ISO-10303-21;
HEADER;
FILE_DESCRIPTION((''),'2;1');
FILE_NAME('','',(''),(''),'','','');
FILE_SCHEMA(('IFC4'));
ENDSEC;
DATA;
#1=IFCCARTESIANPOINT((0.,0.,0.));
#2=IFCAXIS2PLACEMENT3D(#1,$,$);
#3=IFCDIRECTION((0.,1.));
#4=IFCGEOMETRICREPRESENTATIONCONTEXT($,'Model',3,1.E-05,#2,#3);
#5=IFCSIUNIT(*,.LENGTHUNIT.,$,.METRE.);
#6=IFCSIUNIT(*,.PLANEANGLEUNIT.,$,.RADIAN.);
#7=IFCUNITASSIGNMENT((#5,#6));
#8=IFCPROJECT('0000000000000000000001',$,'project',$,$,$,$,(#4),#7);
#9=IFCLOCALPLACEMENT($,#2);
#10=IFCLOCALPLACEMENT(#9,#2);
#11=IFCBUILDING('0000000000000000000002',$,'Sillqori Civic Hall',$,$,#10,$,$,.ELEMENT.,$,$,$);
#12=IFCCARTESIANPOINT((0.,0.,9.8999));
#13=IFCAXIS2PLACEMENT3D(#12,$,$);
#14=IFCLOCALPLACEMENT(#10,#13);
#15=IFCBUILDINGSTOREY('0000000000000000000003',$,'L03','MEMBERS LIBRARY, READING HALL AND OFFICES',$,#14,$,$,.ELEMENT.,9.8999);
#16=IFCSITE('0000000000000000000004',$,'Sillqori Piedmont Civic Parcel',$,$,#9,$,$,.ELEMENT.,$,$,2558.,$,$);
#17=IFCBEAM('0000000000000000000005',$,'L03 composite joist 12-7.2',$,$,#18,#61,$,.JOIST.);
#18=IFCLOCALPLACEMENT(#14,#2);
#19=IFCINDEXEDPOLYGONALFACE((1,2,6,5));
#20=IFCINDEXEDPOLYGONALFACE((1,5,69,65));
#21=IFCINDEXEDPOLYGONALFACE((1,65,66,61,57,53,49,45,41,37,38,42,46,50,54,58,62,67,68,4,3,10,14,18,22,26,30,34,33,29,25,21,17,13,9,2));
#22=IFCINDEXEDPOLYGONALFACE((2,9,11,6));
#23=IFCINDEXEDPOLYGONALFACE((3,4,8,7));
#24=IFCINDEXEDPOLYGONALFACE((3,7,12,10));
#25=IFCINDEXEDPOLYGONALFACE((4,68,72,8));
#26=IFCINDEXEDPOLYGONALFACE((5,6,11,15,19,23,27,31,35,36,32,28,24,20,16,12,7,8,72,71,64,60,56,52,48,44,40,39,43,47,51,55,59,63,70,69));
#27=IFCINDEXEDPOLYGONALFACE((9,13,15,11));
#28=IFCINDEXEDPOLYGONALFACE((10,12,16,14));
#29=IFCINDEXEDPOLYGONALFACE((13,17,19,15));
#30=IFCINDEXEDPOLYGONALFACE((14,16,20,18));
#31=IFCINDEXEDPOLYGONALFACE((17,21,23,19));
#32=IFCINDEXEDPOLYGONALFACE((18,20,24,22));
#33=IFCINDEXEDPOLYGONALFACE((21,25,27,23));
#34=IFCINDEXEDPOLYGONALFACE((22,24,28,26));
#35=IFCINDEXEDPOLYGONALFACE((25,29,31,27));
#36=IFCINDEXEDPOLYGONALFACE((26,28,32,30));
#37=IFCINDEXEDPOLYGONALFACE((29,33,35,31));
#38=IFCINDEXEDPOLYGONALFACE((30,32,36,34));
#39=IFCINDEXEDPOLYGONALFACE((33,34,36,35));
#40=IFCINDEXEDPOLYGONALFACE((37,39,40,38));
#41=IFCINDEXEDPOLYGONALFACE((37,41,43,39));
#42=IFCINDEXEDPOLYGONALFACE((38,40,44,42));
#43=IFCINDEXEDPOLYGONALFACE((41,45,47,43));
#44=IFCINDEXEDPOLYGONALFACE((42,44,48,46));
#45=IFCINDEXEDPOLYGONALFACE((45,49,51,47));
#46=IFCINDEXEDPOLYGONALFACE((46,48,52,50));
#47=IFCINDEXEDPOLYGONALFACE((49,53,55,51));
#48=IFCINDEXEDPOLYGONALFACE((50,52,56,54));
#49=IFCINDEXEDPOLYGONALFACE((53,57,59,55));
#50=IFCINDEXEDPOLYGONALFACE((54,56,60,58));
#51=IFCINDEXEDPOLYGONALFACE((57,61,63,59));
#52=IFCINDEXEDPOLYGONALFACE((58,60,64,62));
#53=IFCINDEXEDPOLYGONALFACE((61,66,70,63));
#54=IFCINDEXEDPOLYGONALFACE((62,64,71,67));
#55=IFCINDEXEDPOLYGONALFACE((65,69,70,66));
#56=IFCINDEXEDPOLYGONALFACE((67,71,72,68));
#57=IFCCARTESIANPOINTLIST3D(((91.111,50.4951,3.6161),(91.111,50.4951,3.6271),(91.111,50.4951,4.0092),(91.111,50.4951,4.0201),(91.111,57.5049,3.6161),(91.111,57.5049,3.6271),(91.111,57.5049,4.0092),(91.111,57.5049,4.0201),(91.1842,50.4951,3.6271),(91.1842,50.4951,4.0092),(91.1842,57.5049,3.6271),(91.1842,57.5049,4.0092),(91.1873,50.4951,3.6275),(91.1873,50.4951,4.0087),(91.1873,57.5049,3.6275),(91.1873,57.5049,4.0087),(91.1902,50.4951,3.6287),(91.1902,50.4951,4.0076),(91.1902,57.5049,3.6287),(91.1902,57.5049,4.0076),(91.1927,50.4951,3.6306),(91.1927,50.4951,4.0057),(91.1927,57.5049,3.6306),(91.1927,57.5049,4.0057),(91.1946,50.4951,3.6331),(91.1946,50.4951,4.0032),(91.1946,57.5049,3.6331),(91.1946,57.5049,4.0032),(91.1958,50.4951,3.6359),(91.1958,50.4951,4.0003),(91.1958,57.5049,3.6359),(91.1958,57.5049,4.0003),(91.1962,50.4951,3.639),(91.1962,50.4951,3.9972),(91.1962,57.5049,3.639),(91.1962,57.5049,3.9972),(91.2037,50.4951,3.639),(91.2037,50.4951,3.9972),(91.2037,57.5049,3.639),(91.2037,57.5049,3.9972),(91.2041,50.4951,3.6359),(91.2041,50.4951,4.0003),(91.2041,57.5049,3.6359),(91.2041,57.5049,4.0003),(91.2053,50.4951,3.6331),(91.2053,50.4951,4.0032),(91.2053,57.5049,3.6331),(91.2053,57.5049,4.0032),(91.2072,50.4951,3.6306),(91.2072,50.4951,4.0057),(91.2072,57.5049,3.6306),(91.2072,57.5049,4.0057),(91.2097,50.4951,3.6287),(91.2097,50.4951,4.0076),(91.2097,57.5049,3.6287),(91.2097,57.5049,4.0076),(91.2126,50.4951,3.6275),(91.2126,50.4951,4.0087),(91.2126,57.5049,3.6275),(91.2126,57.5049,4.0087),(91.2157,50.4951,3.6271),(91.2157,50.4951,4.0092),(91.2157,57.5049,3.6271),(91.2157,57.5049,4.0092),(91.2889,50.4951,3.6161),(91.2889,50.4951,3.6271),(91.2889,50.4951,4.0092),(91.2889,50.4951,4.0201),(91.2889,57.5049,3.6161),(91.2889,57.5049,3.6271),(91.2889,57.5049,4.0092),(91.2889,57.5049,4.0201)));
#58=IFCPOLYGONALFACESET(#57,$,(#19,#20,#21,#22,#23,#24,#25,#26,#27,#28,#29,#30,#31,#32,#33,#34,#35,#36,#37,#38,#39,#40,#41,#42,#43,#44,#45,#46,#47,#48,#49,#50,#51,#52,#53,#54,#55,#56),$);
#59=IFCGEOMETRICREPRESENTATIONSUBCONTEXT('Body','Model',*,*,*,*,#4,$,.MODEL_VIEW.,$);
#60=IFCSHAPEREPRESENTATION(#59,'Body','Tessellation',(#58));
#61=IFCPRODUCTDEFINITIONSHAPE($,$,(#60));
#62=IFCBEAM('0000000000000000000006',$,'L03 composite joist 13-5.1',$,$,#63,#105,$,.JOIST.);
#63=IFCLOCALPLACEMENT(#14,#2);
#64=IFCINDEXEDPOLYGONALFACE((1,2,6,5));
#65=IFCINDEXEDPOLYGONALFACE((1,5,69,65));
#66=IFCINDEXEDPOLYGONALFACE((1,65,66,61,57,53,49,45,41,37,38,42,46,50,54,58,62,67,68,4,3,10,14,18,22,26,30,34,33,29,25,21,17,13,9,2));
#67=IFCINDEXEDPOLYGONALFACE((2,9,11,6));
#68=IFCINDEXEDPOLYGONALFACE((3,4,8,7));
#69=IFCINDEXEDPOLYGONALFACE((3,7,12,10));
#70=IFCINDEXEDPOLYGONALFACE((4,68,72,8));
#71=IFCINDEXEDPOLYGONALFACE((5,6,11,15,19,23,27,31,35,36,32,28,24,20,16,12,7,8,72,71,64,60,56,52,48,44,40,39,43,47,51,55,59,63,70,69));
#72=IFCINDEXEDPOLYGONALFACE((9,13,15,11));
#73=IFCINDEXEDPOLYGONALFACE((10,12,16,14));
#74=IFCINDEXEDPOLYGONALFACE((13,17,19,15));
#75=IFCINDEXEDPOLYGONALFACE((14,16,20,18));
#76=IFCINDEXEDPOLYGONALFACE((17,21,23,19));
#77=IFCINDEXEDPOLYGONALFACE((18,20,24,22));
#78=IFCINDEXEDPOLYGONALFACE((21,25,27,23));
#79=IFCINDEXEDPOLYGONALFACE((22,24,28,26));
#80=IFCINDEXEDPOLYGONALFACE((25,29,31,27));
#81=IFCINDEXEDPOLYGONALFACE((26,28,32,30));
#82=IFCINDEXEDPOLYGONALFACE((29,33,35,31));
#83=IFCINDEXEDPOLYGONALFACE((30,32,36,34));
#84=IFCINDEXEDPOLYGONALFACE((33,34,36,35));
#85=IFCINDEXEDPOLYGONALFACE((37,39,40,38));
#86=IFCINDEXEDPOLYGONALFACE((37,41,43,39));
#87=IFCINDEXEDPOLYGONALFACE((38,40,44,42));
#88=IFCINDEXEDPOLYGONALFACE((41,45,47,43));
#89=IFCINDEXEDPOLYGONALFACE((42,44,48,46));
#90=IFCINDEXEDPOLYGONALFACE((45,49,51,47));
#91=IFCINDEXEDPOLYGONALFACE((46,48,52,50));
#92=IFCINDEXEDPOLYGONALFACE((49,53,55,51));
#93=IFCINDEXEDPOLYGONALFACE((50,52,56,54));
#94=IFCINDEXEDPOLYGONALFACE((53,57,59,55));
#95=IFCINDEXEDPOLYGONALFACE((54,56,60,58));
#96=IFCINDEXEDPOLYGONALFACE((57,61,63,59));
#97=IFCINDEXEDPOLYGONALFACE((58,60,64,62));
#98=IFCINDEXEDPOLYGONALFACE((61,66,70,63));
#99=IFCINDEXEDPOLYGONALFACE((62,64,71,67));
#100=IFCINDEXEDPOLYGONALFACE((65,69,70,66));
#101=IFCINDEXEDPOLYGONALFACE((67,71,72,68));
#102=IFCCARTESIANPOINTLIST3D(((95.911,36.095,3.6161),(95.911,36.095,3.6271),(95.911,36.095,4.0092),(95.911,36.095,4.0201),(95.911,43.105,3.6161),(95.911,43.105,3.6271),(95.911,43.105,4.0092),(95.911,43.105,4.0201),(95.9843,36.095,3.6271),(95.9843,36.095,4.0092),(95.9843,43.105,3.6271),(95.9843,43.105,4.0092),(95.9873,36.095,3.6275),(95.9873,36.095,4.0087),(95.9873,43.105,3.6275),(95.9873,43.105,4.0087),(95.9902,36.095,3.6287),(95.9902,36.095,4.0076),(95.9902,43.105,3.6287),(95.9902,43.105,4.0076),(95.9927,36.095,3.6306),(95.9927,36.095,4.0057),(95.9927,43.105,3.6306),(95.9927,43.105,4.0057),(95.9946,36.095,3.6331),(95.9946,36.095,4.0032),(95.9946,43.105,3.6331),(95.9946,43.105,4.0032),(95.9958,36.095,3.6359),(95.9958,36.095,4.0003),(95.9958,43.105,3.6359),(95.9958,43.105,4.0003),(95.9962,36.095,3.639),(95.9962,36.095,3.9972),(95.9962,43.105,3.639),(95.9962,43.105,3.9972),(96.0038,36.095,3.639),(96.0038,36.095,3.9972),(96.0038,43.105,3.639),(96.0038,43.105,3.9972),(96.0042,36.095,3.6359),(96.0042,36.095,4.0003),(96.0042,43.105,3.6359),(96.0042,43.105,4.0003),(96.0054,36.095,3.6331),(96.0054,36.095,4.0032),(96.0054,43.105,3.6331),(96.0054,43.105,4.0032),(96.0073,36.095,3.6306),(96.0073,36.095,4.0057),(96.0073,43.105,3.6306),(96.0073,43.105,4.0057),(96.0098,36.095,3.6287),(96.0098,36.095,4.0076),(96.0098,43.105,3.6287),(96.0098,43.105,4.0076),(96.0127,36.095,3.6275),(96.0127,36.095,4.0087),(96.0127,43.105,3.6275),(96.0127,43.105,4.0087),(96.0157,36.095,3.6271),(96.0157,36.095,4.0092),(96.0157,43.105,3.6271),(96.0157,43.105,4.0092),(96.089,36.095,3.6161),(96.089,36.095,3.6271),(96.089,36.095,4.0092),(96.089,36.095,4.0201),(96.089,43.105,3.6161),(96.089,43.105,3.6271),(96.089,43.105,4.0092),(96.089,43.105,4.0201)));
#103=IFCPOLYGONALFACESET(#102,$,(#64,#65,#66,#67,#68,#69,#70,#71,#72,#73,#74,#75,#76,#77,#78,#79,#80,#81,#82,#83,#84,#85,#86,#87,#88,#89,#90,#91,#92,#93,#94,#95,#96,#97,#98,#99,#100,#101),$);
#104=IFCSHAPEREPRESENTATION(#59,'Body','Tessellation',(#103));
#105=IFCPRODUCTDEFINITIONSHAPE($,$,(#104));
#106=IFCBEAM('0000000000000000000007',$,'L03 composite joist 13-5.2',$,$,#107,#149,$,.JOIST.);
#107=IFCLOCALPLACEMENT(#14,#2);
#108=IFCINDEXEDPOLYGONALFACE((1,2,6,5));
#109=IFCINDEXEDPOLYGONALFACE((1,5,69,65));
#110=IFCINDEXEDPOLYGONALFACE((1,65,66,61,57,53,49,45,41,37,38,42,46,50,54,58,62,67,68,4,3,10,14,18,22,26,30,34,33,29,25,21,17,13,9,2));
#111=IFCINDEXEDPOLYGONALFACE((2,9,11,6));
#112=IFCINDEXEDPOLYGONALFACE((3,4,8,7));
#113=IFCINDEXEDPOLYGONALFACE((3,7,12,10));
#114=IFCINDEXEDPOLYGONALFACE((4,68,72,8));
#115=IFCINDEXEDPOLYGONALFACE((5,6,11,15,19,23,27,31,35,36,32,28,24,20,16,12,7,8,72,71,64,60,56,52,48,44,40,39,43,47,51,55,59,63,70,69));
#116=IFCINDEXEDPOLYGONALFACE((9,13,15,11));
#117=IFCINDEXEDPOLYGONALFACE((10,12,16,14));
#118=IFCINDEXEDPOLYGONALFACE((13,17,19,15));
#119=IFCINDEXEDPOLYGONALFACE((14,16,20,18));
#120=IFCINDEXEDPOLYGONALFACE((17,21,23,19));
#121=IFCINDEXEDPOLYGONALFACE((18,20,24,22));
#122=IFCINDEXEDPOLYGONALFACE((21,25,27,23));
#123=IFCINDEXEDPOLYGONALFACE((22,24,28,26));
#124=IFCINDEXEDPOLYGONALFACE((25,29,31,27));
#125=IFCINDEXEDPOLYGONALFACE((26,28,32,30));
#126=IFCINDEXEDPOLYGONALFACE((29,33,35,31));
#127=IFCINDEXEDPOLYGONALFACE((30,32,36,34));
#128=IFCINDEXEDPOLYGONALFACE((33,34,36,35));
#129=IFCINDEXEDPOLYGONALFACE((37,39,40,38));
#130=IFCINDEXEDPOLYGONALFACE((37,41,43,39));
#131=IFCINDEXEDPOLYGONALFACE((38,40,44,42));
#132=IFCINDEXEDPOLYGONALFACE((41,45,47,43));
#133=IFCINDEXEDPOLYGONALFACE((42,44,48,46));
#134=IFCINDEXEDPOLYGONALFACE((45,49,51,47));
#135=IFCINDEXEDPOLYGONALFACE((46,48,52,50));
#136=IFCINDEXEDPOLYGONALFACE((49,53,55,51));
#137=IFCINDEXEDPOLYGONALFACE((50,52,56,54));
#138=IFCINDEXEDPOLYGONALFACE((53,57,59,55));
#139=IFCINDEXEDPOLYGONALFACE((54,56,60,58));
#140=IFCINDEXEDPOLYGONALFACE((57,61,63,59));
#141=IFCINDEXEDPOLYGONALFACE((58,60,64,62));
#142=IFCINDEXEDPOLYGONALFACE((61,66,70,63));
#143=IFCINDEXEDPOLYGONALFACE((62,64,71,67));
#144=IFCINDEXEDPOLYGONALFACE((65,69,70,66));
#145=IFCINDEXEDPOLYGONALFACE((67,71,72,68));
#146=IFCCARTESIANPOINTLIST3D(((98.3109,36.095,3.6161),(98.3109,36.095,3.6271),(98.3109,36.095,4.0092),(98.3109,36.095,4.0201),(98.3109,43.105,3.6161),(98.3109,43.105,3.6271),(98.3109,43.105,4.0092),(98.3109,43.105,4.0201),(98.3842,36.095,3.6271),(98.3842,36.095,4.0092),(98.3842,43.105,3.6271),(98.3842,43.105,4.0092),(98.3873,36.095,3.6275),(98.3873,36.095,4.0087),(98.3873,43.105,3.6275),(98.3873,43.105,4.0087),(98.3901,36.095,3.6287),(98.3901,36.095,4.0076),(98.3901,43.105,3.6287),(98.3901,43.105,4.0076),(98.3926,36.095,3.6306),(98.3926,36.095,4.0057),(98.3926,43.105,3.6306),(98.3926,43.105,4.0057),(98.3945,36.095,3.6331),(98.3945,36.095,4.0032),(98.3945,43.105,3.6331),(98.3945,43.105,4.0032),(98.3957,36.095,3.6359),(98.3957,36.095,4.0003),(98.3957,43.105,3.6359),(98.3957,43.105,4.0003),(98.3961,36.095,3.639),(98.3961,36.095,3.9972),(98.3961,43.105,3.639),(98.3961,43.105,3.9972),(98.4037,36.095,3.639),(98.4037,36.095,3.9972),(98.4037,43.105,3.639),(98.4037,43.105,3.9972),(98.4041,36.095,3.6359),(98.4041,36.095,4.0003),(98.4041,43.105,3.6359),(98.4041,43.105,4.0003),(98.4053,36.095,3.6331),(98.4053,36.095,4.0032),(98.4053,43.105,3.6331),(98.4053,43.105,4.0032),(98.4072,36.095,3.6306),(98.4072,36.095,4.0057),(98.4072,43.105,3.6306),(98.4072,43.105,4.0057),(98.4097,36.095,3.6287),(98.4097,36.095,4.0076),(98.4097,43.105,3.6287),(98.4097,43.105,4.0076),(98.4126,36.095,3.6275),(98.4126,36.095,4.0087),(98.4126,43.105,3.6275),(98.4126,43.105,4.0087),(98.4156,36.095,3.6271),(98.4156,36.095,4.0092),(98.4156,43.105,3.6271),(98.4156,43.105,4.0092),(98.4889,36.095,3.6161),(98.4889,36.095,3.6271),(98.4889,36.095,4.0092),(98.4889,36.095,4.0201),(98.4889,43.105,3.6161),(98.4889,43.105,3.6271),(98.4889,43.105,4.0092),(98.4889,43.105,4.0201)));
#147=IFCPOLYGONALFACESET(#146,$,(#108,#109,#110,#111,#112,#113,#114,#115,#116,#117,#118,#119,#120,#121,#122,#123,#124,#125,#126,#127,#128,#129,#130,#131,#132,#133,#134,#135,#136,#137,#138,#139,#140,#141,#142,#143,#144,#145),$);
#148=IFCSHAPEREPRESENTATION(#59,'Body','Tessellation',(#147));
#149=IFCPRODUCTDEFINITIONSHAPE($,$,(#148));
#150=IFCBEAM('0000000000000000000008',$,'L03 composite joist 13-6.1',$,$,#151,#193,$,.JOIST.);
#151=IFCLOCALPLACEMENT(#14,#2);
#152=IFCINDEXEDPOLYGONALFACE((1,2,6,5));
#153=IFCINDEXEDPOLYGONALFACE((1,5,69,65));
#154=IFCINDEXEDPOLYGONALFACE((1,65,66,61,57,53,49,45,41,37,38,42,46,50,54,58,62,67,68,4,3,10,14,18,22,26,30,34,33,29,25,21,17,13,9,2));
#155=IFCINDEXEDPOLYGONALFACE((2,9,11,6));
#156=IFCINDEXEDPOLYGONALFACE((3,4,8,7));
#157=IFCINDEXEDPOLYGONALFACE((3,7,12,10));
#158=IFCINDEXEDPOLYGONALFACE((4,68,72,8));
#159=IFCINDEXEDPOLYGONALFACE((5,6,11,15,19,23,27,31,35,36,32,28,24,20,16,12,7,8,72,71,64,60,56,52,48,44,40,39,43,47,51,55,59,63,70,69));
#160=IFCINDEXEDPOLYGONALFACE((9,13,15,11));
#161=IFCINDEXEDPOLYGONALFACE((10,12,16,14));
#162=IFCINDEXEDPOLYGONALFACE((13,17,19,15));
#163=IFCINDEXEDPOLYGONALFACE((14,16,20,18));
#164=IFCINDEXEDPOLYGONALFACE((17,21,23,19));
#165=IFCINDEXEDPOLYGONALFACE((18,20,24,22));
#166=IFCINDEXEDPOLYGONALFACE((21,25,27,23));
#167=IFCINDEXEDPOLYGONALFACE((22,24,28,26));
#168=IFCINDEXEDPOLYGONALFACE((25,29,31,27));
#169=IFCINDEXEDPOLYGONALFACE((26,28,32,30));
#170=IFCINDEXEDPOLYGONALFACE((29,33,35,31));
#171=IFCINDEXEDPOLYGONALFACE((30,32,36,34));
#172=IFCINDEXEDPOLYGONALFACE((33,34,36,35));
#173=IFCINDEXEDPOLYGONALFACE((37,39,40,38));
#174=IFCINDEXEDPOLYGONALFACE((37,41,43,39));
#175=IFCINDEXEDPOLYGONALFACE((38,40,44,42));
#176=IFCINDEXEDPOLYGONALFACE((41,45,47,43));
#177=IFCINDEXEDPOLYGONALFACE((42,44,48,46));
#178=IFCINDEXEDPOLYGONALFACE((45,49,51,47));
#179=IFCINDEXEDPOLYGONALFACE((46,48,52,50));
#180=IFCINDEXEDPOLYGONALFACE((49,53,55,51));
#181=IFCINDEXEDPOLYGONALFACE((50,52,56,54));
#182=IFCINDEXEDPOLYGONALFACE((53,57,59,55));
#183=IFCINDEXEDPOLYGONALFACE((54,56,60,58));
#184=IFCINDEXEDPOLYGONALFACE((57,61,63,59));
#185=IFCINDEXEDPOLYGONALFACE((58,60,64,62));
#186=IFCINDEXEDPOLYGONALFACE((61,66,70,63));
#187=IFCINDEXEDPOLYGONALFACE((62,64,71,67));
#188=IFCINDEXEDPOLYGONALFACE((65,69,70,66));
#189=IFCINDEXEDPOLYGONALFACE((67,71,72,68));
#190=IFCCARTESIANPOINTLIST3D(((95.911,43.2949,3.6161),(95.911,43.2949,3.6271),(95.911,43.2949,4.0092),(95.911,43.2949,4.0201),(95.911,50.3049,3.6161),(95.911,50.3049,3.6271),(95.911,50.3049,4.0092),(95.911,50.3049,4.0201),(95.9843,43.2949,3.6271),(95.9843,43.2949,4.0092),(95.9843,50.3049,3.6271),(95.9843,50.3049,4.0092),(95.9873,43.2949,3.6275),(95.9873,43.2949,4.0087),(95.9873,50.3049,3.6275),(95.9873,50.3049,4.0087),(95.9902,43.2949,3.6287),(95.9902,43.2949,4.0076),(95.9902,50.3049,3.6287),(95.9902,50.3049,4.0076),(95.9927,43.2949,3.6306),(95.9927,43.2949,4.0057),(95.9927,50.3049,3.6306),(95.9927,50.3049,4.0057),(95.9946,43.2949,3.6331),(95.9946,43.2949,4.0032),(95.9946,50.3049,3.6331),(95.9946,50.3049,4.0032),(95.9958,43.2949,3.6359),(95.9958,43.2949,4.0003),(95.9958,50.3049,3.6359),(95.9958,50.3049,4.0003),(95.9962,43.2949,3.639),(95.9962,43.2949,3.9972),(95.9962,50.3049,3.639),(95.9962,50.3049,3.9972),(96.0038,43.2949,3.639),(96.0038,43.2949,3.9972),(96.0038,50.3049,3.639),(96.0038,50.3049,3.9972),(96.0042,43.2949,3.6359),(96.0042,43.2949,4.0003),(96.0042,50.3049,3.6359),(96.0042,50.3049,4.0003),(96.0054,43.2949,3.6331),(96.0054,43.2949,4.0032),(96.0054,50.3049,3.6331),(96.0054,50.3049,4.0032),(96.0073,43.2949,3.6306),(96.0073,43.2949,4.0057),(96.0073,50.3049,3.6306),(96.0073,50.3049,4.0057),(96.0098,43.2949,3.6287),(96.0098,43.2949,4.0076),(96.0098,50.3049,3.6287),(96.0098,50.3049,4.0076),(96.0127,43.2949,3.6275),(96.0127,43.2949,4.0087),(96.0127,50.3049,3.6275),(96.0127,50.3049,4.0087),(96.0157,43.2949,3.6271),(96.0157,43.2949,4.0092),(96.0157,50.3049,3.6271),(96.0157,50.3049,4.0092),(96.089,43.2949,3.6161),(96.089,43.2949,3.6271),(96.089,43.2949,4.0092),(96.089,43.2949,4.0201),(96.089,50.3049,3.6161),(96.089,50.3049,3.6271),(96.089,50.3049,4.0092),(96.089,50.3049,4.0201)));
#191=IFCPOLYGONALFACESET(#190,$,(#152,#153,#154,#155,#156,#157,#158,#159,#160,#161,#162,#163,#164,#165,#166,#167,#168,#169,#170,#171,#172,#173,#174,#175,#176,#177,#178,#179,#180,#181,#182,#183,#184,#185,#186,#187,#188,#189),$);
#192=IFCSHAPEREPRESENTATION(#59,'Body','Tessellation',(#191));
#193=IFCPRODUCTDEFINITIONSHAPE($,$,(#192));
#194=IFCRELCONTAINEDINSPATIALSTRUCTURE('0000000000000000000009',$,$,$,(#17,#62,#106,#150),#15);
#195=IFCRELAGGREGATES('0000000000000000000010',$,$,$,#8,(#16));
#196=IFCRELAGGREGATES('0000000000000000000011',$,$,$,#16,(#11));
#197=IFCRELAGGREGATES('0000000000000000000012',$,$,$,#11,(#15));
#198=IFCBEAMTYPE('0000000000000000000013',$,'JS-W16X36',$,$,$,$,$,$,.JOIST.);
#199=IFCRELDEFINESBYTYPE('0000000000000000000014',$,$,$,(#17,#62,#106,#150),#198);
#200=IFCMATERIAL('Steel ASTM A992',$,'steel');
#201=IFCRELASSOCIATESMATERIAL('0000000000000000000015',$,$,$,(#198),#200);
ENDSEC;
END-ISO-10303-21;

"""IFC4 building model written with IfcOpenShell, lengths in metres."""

from ifc_helpers import new_model, si_unit, direction, frame, origin, origin_2d, place, context, subcontext, project, spatial, i_section, extrude, material, material_profile, profile_set, type_object, element, save


model = new_model("IFC4")

# Units and contexts
model_context = context("Model", 3, precision=1e-05, world=origin(), true_north=direction((0.0, 1.0)))
body_context = subcontext(model_context, "Body", "Model", "MODEL_VIEW")
ifc_project = project(units=[si_unit("LENGTHUNIT", "METRE"), si_unit("PLANEANGLEUNIT", "RADIAN")], contexts=[model_context])

# Site, building, storey
site_placement = place(None, origin())
site = spatial("IfcSite", under=ifc_project, at=site_placement, Name="Sillqori Piedmont Civic Parcel", CompositionType="ELEMENT", RefElevation=2558.0)
building_placement = place(site_placement, origin())
building = spatial("IfcBuilding", under=site, at=building_placement, Name="Sillqori Civic Hall", CompositionType="ELEMENT")
storey_placement = place(building_placement, frame((0.0, 0.0, 9.8999)))
storey = spatial("IfcBuildingStorey", under=building, at=storey_placement, Name="L03", Description="MEMBERS LIBRARY, READING HALL AND OFFICES", CompositionType="ELEMENT", Elevation=9.8999)

# Shared definitions
ifc_material_1 = material(Name="Steel ASTM A992", Category="steel")

# Beams
ifc_material_profile_1 = material_profile(ifc_material_1, i_section(OverallWidth=0.178, OverallDepth=0.4041, WebThickness=0.0076, FlangeThickness=0.011, FilletRadius=0.012, at=origin_2d()), Name="W16X36")
ifc_profile_set_1 = profile_set([ifc_material_profile_1], Name="Steel ASTM A992")
beam_type_1 = type_object("IfcBeamType", Name="JS-W16X36", PredefinedType="JOIST", material=ifc_profile_set_1)
for number, where, z_axis, x_axis, name in (
    (1, (91.2, 50.4951, 3.8181), (0.0, 1.0, 0.0), (-1.0, 0.0, 0.0), "L03 composite joist 12-7.2"),
):
    element("IfcBeam", number, at=place(storey_placement, frame(where, z_axis=z_axis, x_axis=x_axis)), inside=storey, type_object=beam_type_1, Name=name, PredefinedType="JOIST", context=body_context, shape_type="SweptSolid", body=[
        extrude(i_section(OverallWidth=0.178, OverallDepth=0.4041, WebThickness=0.0076, FlangeThickness=0.011, FilletRadius=0.012, at=origin_2d()), origin(), (0.0, 0.0, 1.0), 7.0098),
    ])
for number, where, z_axis, x_axis, name in (
    (2, (96.0, 36.095, 3.8181), (0.0, 1.0, 0.0), (-1.0, 0.0, 0.0), "L03 composite joist 13-5.1"),
    (3, (98.3999, 36.095, 3.8181), (0.0, 1.0, 0.0), (-1.0, 0.0, 0.0), "L03 composite joist 13-5.2"),
    (4, (96.0, 43.2949, 3.8181), (0.0, 1.0, 0.0), (-1.0, 0.0, 0.0), "L03 composite joist 13-6.1"),
):
    element("IfcBeam", number, at=place(storey_placement, frame(where, z_axis=z_axis, x_axis=x_axis)), inside=storey, type_object=beam_type_1, Name=name, PredefinedType="JOIST", context=body_context, shape_type="SweptSolid", body=[
        extrude(i_section(OverallWidth=0.178, OverallDepth=0.4041, WebThickness=0.0076, FlangeThickness=0.011, FilletRadius=0.012, at=origin_2d()), origin(), (0.0, 0.0, 1.0), 7.01),
    ])

save(model, "model.ifc")
